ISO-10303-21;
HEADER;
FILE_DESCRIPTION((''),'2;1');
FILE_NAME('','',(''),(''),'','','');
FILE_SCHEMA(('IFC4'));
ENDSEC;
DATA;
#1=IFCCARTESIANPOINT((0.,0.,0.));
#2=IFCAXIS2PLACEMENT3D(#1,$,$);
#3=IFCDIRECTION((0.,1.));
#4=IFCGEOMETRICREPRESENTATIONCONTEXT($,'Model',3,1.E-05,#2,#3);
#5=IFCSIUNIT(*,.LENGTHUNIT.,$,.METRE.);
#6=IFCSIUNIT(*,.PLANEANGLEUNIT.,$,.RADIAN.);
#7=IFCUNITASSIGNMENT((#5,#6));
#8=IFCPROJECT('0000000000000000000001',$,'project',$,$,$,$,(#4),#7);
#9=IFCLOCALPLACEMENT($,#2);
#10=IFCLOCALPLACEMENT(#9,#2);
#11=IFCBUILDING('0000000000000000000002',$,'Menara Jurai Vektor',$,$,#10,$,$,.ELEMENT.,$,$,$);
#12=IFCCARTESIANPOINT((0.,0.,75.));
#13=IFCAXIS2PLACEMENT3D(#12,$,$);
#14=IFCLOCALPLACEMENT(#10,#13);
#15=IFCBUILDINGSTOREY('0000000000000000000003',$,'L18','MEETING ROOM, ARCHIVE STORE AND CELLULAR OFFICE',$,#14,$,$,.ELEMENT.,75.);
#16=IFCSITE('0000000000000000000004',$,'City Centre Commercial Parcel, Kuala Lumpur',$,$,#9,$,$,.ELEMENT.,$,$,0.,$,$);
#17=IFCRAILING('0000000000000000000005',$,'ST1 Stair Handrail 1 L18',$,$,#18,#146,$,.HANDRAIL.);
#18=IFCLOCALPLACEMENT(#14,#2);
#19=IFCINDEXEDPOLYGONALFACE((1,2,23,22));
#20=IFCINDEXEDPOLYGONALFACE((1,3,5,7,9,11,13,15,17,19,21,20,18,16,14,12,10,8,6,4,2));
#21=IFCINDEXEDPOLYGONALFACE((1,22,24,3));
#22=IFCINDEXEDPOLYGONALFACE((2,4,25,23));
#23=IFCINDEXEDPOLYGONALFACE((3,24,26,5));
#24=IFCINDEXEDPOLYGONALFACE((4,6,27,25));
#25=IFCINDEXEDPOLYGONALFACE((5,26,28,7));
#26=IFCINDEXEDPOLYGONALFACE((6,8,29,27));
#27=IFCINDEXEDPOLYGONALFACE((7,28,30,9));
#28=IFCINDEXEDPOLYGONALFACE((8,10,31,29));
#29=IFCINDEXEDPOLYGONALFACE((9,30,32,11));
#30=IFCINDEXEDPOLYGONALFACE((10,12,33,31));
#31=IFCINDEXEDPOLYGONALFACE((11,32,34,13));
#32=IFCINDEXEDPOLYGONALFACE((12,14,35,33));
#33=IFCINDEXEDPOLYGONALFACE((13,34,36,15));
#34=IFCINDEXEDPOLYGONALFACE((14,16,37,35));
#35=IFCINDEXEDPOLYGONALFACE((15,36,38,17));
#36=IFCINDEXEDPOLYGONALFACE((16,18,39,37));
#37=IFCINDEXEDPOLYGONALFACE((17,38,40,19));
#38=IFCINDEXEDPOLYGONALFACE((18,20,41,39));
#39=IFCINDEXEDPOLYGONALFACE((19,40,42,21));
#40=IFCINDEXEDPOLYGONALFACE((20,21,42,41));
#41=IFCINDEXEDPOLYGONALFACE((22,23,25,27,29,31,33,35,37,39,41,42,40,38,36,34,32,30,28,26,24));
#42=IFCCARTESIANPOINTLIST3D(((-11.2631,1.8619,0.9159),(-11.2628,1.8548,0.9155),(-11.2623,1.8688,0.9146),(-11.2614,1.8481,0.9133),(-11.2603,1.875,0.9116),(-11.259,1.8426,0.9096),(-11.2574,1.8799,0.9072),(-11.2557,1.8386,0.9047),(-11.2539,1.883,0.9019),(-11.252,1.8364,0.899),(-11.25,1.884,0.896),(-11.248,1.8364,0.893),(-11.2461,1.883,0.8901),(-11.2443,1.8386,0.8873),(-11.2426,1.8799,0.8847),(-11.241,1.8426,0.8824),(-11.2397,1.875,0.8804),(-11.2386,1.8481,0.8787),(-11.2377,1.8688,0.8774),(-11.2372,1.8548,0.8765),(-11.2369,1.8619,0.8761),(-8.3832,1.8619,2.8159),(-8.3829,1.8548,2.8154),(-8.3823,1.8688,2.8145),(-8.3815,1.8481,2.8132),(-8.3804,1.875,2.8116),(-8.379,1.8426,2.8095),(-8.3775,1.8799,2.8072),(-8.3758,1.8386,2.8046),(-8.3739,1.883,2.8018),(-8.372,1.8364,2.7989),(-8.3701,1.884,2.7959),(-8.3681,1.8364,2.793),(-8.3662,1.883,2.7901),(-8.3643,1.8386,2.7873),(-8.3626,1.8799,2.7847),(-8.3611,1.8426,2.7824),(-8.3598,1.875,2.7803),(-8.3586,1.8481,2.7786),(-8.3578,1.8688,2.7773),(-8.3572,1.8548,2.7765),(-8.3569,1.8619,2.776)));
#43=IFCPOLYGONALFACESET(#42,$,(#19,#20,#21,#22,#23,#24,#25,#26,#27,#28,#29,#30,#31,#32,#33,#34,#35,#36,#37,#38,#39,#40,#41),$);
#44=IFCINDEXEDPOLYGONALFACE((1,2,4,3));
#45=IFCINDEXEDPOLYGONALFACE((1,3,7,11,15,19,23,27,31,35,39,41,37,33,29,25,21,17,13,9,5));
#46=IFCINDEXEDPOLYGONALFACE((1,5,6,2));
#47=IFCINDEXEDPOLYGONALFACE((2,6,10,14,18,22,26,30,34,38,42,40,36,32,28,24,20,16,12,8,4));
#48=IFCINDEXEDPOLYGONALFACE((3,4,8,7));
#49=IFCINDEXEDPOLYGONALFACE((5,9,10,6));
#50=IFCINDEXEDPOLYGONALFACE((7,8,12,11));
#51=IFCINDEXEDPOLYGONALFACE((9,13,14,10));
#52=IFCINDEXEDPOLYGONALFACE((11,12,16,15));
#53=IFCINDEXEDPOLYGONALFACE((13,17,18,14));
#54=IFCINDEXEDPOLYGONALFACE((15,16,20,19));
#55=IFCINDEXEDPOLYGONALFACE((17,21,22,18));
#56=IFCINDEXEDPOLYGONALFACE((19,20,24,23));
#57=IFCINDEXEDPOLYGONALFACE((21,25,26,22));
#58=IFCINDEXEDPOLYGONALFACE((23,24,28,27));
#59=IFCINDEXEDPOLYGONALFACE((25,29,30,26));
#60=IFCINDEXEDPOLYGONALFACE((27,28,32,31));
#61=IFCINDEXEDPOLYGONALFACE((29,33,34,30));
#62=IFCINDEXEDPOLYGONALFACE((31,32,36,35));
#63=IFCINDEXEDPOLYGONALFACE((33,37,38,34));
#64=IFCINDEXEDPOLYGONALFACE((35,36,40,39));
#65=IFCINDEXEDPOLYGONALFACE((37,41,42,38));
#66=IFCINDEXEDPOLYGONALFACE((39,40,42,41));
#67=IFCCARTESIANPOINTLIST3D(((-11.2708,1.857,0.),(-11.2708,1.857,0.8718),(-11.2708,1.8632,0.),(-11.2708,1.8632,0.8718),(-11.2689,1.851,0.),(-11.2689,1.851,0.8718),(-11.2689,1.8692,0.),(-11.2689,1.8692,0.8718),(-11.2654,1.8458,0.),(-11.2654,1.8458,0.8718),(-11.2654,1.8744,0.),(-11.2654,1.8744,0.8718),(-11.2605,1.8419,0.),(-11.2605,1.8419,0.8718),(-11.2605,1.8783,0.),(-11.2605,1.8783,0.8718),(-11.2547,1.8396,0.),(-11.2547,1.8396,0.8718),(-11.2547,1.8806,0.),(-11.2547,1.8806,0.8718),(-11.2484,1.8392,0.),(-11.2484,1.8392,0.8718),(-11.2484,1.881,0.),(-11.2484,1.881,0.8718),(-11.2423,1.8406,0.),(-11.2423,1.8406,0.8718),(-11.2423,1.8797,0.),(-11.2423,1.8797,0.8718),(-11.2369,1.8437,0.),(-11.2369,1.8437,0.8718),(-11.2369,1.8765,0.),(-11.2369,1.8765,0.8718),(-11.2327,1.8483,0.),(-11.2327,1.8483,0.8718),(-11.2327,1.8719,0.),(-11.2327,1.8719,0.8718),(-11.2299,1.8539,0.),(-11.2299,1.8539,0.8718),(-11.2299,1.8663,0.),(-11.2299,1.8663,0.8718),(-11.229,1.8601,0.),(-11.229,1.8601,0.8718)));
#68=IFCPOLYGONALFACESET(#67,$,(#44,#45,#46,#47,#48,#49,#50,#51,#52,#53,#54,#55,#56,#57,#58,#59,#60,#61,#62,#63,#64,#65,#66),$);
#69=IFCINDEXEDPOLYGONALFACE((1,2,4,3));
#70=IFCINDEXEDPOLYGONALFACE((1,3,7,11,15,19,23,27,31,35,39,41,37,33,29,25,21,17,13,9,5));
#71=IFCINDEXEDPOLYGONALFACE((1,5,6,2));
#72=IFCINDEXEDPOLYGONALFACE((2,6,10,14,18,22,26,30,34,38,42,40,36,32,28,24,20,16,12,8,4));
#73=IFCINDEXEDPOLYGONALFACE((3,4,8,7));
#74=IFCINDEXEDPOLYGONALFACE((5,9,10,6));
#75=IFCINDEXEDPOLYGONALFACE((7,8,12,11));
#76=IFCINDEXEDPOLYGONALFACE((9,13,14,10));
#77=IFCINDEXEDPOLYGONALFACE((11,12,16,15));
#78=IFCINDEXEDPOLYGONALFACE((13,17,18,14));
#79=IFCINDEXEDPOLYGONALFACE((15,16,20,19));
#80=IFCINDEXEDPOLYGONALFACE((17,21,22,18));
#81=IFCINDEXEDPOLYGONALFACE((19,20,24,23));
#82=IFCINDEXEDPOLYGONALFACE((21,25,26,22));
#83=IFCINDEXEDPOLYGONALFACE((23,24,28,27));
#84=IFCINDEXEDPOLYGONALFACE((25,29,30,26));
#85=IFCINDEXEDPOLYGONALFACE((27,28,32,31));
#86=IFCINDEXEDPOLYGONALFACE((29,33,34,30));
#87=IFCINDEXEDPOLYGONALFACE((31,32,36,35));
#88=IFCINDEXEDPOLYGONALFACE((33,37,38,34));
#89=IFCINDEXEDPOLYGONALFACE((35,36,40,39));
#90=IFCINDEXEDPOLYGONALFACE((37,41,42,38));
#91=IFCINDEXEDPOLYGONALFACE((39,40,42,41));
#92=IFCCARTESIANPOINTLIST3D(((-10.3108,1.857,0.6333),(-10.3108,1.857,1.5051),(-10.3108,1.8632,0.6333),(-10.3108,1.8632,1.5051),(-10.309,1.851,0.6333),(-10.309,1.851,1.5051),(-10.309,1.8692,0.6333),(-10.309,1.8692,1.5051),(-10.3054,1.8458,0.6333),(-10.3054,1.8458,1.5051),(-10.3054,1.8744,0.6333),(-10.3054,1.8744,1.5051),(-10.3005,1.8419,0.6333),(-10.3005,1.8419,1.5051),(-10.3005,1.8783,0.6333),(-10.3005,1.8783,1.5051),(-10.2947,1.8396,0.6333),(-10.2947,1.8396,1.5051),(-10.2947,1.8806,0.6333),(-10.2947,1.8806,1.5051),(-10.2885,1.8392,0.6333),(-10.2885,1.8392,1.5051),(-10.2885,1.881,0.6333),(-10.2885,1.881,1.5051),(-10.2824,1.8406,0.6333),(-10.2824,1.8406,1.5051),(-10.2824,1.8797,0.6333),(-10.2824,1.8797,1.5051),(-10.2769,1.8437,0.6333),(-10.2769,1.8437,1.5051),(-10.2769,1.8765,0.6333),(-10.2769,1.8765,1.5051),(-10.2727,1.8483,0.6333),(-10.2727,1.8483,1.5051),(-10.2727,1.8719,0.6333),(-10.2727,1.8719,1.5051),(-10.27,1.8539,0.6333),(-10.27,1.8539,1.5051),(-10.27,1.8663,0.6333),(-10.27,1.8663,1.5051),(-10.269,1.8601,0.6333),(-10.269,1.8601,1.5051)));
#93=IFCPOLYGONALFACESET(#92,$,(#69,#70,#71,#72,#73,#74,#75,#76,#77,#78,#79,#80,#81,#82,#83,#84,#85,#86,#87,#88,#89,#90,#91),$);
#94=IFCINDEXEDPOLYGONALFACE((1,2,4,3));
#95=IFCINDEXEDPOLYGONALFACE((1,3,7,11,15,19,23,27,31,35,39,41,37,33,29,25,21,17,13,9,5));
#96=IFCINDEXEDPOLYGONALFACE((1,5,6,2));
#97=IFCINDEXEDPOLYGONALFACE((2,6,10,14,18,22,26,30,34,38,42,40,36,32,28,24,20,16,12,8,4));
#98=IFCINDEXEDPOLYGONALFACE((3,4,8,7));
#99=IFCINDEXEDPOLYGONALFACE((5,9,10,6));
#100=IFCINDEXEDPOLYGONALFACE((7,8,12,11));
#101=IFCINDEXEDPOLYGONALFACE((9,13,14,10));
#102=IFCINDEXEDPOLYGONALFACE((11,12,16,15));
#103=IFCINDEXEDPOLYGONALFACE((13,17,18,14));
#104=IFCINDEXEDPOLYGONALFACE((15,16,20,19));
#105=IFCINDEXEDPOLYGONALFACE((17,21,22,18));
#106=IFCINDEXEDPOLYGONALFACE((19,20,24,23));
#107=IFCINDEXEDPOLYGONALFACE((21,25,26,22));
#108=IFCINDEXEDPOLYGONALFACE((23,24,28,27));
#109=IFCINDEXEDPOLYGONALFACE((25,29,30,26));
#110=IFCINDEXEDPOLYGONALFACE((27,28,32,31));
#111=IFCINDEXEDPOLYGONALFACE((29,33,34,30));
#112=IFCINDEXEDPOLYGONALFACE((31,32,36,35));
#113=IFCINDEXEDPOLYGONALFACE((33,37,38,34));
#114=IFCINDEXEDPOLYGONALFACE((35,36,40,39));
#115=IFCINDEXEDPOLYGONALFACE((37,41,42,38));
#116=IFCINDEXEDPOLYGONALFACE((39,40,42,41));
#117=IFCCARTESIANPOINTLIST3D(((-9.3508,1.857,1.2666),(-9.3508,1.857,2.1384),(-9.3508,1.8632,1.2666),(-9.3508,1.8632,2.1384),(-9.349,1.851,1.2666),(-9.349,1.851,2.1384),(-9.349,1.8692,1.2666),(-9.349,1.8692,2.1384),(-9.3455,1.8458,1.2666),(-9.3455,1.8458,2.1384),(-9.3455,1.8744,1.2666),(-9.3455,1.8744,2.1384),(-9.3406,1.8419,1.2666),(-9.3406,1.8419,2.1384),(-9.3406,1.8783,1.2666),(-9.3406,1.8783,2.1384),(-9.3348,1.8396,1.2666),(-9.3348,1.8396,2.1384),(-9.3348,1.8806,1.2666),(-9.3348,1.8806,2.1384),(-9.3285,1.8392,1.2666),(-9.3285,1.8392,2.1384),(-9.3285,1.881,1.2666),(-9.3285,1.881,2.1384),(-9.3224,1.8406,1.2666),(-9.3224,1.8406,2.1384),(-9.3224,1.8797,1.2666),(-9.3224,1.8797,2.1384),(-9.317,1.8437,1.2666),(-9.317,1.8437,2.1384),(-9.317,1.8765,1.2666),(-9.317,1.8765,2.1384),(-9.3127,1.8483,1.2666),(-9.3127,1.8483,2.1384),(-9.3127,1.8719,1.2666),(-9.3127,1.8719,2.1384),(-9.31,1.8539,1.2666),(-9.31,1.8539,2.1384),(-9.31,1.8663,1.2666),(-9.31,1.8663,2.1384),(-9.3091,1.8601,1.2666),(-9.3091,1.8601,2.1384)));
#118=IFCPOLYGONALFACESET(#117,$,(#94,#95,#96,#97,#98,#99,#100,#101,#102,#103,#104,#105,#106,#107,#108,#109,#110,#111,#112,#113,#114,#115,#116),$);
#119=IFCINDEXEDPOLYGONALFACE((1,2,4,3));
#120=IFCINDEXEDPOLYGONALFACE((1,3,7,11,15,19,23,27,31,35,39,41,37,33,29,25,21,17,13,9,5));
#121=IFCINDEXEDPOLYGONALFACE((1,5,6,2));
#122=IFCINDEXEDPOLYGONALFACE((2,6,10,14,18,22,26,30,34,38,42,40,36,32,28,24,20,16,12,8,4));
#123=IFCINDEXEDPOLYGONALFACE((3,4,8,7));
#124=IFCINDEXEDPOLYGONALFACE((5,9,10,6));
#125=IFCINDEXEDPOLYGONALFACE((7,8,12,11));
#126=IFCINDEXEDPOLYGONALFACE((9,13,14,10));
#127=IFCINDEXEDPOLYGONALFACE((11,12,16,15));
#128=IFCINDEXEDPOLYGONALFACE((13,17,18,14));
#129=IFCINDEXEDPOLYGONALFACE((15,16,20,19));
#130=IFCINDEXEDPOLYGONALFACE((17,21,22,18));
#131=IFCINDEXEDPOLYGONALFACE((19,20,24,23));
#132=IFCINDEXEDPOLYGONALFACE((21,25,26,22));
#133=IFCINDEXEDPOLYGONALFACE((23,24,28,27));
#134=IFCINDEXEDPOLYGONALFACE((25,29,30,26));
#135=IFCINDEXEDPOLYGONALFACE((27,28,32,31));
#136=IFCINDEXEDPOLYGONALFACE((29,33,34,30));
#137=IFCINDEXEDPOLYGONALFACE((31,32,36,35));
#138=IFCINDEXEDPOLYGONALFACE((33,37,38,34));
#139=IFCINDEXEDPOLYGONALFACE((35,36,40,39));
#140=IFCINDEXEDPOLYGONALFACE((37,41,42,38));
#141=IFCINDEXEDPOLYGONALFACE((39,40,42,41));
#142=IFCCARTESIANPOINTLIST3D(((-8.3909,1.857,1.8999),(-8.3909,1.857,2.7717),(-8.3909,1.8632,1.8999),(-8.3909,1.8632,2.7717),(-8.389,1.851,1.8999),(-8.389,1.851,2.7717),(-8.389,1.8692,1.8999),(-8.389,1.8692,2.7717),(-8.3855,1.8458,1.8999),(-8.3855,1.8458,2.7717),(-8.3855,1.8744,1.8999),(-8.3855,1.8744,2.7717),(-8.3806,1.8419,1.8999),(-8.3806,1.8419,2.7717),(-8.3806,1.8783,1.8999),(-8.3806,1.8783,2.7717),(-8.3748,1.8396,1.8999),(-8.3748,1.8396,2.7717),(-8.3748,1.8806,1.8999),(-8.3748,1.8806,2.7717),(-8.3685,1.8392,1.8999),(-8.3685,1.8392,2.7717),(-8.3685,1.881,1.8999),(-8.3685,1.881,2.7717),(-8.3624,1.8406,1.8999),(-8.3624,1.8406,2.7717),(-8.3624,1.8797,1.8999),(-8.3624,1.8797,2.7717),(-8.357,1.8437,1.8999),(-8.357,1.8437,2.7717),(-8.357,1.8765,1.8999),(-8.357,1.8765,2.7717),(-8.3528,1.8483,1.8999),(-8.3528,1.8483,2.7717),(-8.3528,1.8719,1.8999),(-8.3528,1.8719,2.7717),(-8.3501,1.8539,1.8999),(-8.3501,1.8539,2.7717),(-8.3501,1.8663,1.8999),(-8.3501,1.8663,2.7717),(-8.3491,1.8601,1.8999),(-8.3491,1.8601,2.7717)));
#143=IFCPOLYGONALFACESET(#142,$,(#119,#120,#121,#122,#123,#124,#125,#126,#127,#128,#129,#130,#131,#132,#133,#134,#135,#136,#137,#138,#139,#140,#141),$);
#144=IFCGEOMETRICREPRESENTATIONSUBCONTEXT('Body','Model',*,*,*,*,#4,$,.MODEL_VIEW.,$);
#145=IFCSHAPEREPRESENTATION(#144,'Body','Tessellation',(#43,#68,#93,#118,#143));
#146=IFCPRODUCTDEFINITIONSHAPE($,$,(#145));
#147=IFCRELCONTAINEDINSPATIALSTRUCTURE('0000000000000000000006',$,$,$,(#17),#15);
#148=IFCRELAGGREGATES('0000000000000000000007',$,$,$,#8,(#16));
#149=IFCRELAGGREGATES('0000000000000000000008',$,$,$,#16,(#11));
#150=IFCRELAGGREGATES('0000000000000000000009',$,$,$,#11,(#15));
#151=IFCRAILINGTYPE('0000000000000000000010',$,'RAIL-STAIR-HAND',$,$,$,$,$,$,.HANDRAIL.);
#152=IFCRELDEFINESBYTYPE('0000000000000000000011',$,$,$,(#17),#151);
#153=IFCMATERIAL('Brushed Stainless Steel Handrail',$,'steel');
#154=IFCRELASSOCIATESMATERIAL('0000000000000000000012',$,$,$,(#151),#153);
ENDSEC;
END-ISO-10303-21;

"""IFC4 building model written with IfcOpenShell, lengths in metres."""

from ifc_helpers import new_model, si_unit, direction, frame, origin, origin_2d, place, context, subcontext, project, spatial, circle, extrude, material, type_object, element, save


model = new_model("IFC4")

# Units and contexts
model_context = context("Model", 3, precision=1e-05, world=origin(), true_north=direction((0.0, 1.0)))
body_context = subcontext(model_context, "Body", "Model", "MODEL_VIEW")
ifc_project = project(units=[si_unit("LENGTHUNIT", "METRE"), si_unit("PLANEANGLEUNIT", "RADIAN")], contexts=[model_context])

# Site, building, storey
site_placement = place(None, origin())
site = spatial("IfcSite", under=ifc_project, at=site_placement, Name="City Centre Commercial Parcel, Kuala Lumpur", CompositionType="ELEMENT", RefElevation=0.0)
building_placement = place(site_placement, origin())
building = spatial("IfcBuilding", under=site, at=building_placement, Name="Menara Jurai Vektor", CompositionType="ELEMENT")
storey_placement = place(building_placement, frame((0.0, 0.0, 75.0)))
storey = spatial("IfcBuildingStorey", under=building, at=storey_placement, Name="L18", Description="MEETING ROOM, ARCHIVE STORE AND CELLULAR OFFICE", CompositionType="ELEMENT", Elevation=75.0)

# Railing
ifc_material_1 = material(Name="Brushed Stainless Steel Handrail", Category="steel")
railing_type_1 = type_object("IfcRailingType", Name="RAIL-STAIR-HAND", PredefinedType="HANDRAIL", material=ifc_material_1)
railing_1_placement = place(storey_placement, frame((-11.25, 1.8601, 0.0)))
element("IfcRailing", 1, at=railing_1_placement, inside=storey, type_object=railing_type_1, Name="ST1 Stair Handrail 1 L18", PredefinedType="HANDRAIL", context=body_context, shape_type="SweptSolid", body=[
    extrude(circle(Radius=0.0239, at=origin_2d()), frame((0.0, 0.0, 0.896), z_axis=(0.834719, 0.0, 0.550677), x_axis=(0.0, 1.0, 0.0)), (0.0, 0.0, 1.0), 3.4502),
    extrude(circle(Radius=0.021, at=origin_2d()), origin(), (0.0, 0.0, 1.0), 0.8718),
    extrude(circle(Radius=0.021, at=origin_2d()), frame((0.96, 0.0, 0.6333)), (0.0, 0.0, 1.0), 0.8718),
    extrude(circle(Radius=0.021, at=origin_2d()), frame((1.9199, 0.0, 1.2666)), (0.0, 0.0, 1.0), 0.8718),
    extrude(circle(Radius=0.021, at=origin_2d()), frame((2.8799, 0.0, 1.8999)), (0.0, 0.0, 1.0), 0.8718),
])

save(model, "model.ifc")
